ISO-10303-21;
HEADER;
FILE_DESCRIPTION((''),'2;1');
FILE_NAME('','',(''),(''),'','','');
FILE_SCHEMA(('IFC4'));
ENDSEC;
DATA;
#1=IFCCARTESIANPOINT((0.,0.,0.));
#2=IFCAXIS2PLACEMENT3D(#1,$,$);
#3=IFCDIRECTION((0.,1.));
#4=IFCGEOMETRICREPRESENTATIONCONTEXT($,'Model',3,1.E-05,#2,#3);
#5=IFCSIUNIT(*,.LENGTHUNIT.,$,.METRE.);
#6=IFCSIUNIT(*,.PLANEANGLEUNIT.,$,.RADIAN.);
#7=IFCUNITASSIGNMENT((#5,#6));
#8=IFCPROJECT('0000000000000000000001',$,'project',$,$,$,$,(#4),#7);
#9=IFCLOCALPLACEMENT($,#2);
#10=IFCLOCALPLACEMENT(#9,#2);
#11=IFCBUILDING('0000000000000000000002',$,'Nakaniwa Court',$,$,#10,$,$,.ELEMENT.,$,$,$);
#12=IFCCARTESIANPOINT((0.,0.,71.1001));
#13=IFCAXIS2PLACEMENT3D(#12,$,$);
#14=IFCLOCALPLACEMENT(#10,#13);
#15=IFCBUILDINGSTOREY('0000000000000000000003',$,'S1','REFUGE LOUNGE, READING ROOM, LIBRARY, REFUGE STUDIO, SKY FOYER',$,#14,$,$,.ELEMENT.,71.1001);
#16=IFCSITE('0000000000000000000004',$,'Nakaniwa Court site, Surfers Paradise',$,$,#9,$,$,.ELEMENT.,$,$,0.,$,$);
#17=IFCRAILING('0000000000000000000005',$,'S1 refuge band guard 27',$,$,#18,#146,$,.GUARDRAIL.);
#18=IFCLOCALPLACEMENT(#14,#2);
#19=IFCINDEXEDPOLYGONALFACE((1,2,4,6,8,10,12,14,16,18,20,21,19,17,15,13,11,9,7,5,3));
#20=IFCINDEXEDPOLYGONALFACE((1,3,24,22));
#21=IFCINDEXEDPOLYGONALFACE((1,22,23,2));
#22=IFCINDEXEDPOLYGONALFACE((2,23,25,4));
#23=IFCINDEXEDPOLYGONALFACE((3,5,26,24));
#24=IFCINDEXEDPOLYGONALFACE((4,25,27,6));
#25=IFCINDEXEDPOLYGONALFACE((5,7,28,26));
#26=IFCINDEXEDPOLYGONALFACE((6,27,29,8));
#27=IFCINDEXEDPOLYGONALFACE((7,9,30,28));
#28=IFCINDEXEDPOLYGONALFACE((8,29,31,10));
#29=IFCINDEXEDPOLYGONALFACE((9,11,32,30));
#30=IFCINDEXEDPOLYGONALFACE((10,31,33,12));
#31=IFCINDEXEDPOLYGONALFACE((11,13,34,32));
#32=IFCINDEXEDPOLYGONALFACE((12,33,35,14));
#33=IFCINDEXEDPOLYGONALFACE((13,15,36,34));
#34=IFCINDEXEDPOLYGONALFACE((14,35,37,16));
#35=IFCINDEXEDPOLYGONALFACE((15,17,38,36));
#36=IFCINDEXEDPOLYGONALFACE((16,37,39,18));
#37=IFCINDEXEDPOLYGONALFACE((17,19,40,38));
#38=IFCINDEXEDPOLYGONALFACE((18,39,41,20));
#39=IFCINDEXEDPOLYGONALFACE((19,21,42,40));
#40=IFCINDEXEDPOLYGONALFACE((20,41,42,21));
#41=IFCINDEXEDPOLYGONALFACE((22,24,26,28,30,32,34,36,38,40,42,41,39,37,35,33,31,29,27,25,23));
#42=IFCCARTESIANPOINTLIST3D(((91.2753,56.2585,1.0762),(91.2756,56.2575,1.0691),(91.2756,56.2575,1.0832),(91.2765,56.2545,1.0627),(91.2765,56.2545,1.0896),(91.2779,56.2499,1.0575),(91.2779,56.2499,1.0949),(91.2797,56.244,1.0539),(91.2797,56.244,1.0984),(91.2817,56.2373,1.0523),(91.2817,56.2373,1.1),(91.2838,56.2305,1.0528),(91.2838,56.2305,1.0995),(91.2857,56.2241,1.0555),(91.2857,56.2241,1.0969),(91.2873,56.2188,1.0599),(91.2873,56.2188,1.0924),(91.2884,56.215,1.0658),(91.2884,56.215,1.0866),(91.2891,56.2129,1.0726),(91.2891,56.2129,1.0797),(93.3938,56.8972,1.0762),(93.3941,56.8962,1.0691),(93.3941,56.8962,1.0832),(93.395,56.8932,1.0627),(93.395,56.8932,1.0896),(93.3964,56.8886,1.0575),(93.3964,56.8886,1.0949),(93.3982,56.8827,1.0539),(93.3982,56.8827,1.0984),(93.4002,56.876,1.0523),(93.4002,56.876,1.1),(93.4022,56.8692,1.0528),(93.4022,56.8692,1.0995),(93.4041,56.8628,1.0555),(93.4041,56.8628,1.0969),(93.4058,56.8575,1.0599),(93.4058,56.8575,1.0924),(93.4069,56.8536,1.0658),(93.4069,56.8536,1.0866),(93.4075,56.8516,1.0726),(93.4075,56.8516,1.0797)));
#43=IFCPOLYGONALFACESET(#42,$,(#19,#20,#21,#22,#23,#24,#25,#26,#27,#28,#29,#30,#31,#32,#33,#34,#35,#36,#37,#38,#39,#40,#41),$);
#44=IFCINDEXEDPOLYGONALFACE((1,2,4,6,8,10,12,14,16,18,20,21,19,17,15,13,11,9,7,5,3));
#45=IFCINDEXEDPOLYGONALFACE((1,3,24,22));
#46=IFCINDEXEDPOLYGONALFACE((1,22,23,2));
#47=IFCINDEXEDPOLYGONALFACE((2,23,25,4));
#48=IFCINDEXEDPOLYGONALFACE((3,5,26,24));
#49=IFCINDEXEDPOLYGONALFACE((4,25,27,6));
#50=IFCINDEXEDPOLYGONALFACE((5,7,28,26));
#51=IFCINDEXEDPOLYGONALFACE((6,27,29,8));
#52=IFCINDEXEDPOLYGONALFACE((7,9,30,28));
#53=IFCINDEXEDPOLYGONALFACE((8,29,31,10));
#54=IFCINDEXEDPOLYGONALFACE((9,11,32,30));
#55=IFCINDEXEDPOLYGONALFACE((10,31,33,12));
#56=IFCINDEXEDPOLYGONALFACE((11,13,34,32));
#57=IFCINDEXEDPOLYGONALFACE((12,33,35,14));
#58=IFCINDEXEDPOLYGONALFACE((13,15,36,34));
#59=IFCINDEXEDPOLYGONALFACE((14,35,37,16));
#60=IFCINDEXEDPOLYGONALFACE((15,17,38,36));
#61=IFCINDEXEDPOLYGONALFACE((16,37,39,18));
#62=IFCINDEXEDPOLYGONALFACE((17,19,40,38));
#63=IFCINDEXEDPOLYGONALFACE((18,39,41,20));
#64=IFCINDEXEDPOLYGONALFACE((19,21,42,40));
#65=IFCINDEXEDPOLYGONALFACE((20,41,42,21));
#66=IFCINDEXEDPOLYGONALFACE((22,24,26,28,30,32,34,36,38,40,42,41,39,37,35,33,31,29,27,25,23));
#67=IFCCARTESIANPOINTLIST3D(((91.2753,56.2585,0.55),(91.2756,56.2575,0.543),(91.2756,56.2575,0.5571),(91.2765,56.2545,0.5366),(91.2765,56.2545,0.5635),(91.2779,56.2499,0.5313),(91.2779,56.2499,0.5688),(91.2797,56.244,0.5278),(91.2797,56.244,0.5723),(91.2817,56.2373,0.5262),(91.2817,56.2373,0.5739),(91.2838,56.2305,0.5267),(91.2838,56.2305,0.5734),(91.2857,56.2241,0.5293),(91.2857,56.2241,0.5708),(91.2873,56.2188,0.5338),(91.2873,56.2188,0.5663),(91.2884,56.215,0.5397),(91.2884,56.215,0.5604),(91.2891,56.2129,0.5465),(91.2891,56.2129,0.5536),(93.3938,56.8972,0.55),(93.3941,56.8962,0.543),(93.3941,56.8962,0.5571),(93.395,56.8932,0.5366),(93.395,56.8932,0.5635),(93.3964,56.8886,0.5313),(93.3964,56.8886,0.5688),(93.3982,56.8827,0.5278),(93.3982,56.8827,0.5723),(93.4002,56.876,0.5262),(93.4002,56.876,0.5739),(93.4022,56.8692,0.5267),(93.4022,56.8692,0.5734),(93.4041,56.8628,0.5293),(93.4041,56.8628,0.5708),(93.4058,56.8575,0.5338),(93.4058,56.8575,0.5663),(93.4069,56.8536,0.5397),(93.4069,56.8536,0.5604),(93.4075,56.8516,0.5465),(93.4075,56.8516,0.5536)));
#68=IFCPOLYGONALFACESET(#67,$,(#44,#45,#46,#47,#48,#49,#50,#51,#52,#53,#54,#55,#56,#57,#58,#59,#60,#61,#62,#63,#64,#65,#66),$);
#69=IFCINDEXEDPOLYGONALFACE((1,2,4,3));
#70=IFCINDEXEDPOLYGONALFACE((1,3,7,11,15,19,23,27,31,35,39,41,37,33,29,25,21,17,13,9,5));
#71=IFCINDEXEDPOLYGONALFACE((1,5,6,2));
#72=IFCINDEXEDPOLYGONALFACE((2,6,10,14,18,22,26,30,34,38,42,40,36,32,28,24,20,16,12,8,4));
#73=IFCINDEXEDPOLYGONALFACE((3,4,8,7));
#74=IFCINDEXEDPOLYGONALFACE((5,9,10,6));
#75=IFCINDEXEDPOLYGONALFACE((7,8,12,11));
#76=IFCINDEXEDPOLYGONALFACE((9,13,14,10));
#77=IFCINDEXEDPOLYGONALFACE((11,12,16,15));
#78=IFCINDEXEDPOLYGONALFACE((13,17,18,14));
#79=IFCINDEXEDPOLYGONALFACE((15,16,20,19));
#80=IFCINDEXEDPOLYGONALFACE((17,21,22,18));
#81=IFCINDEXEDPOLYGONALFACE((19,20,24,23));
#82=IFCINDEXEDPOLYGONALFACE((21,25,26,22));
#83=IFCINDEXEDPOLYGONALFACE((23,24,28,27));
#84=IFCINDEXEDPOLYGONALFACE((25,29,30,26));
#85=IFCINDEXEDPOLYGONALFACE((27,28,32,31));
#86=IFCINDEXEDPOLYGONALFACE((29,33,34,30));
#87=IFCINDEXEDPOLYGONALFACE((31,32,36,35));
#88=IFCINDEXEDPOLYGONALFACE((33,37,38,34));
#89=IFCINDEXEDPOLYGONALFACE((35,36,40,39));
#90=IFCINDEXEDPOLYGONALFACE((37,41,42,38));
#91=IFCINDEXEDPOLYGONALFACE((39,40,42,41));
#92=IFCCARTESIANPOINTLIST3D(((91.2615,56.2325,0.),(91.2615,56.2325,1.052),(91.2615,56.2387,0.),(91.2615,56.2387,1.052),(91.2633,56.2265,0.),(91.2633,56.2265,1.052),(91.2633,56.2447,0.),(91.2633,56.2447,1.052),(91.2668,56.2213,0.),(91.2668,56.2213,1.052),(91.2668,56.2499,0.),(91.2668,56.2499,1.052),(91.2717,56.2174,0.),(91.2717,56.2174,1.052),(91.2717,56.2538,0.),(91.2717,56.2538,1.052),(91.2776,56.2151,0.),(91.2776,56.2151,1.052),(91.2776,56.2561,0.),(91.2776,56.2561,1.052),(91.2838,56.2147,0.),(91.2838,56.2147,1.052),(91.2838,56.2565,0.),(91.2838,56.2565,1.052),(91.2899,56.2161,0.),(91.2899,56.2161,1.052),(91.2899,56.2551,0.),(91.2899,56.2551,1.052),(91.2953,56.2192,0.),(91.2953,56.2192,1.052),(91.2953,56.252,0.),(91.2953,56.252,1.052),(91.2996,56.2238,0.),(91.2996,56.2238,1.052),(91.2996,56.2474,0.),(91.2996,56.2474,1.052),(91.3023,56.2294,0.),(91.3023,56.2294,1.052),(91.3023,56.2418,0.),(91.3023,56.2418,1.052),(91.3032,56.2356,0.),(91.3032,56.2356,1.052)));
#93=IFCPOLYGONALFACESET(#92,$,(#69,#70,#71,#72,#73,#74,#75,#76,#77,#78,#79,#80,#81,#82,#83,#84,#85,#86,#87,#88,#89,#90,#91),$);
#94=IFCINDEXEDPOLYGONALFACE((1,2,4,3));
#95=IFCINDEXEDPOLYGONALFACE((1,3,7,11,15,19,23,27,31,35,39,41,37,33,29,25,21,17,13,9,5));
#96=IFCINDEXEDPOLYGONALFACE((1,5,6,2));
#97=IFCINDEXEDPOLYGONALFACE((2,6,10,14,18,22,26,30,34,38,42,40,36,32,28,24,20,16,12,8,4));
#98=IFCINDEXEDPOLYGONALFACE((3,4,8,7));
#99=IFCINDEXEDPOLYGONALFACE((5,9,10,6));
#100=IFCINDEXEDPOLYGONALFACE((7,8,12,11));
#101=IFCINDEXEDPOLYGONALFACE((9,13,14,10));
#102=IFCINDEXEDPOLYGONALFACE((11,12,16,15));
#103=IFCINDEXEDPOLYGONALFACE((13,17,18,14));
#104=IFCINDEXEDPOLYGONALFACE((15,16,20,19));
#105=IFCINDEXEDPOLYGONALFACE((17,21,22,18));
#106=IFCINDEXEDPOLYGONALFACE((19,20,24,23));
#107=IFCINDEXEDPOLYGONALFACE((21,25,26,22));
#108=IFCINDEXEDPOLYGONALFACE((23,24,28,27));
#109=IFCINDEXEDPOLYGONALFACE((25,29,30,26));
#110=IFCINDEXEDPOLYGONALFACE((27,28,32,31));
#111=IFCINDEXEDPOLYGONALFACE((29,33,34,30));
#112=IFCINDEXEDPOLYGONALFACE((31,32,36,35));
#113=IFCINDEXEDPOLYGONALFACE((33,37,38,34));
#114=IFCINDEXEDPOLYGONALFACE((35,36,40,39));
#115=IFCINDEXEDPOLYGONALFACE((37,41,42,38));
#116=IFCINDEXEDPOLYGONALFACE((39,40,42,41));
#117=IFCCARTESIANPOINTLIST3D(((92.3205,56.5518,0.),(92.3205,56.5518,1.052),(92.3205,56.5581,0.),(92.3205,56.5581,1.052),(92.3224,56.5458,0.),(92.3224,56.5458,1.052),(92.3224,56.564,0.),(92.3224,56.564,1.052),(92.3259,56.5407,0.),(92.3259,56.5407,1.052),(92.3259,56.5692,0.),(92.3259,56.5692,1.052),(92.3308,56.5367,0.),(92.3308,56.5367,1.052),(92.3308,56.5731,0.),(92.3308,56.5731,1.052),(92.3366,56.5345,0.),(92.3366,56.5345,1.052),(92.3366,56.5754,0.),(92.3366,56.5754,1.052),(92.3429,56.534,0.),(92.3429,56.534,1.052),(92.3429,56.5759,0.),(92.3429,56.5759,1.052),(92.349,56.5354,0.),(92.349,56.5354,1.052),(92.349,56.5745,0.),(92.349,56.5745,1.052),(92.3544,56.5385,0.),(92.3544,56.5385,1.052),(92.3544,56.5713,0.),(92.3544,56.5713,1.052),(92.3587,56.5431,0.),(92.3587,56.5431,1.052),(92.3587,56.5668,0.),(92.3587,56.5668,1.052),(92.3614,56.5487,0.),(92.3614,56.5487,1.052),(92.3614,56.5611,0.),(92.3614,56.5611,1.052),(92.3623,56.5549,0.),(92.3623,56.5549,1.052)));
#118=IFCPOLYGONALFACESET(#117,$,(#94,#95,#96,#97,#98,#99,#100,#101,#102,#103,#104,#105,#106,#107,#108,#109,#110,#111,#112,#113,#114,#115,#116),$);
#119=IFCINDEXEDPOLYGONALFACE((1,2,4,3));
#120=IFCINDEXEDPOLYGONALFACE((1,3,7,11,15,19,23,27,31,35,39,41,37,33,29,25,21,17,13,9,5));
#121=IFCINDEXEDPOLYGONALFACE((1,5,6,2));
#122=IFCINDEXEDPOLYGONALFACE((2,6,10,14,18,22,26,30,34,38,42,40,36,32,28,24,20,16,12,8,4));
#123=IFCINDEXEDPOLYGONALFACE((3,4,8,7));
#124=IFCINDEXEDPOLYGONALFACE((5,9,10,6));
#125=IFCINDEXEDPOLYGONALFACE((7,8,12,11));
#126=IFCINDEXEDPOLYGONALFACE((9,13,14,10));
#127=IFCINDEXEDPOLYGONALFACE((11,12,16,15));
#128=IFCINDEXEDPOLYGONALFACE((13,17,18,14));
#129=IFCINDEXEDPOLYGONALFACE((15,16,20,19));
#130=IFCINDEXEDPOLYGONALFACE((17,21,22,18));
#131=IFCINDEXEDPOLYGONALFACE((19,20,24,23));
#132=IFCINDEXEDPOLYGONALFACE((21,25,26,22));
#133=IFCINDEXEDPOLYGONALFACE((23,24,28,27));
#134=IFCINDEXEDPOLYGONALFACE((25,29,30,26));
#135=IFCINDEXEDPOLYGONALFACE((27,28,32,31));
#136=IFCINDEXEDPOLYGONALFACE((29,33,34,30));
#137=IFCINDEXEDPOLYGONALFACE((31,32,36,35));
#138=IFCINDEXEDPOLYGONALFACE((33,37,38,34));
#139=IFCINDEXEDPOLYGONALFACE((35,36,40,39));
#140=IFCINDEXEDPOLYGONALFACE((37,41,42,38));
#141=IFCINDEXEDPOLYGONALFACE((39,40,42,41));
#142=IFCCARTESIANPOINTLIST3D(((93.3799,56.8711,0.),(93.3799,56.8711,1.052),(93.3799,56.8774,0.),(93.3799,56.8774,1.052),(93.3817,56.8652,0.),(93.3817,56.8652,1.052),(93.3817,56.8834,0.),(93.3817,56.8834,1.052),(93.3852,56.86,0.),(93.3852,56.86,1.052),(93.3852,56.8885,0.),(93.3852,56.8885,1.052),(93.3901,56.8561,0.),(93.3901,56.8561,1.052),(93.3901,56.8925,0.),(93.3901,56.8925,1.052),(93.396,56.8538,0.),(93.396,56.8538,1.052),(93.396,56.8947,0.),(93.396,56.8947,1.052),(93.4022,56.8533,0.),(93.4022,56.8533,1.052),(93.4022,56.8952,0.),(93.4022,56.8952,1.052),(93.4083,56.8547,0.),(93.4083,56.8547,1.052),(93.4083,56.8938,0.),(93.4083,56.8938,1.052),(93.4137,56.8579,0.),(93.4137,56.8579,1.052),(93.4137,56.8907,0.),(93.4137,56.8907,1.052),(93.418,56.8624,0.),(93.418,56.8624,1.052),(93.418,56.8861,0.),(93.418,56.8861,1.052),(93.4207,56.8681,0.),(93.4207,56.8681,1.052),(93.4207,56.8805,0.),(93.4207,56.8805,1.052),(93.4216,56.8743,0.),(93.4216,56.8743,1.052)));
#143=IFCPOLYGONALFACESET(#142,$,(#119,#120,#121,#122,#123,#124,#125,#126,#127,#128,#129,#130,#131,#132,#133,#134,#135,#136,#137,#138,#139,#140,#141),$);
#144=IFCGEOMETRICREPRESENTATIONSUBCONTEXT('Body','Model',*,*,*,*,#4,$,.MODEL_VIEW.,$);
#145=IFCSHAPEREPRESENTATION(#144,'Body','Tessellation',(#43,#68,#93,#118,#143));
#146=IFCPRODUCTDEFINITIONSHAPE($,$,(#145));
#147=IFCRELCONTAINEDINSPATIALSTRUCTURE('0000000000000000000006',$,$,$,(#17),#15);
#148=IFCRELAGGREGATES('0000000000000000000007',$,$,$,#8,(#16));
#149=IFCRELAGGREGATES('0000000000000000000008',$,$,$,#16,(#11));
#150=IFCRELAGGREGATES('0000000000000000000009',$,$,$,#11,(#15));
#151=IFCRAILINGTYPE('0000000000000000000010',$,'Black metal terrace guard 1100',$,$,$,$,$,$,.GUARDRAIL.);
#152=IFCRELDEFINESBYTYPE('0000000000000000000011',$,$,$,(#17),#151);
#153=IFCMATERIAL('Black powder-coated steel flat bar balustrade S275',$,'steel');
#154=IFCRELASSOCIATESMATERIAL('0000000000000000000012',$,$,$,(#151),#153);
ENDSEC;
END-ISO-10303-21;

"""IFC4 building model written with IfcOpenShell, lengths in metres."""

from ifc_helpers import new_model, si_unit, direction, frame, origin, origin_2d, place, context, subcontext, project, spatial, circle, extrude, material, type_object, element, save


model = new_model("IFC4")

# Units and contexts
model_context = context("Model", 3, precision=1e-05, world=origin(), true_north=direction((0.0, 1.0)))
body_context = subcontext(model_context, "Body", "Model", "MODEL_VIEW")
ifc_project = project(units=[si_unit("LENGTHUNIT", "METRE"), si_unit("PLANEANGLEUNIT", "RADIAN")], contexts=[model_context])

# Site, building, storey
site_placement = place(None, origin())
site = spatial("IfcSite", under=ifc_project, at=site_placement, Name="Nakaniwa Court site, Surfers Paradise", CompositionType="ELEMENT", RefElevation=0.0)
building_placement = place(site_placement, origin())
building = spatial("IfcBuilding", under=site, at=building_placement, Name="Nakaniwa Court", CompositionType="ELEMENT")
storey_placement = place(building_placement, frame((0.0, 0.0, 71.1001)))
storey = spatial("IfcBuildingStorey", under=building, at=storey_placement, Name="S1", Description="REFUGE LOUNGE, READING ROOM, LIBRARY, REFUGE STUDIO, SKY FOYER", CompositionType="ELEMENT", Elevation=71.1001)

# Railing
ifc_material_1 = material(Name="Black powder-coated steel flat bar balustrade S275", Category="steel")
railing_type = type_object("IfcRailingType", Name="Black metal terrace guard 1100", PredefinedType="GUARDRAIL", material=ifc_material_1)
railing_1_placement = place(storey_placement, frame((91.2822, 56.2356, 0.0)))
element("IfcRailing", 1, at=railing_1_placement, inside=storey, type_object=railing_type, Name="S1 refuge band guard 27", PredefinedType="GUARDRAIL", context=body_context, shape_type="SweptSolid", body=[
    extrude(circle(Radius=0.0239, at=origin_2d()), frame((0.0, 0.0, 1.0762), z_axis=(0.957434, 0.288653, 0.0), x_axis=(-0.288653, 0.957434, 0.0)), (0.0, 0.0, 1.0), 2.2126),
    extrude(circle(Radius=0.0239, at=origin_2d()), frame((0.0, 0.0, 0.55), z_axis=(0.957434, 0.288653, 0.0), x_axis=(-0.288653, 0.957434, 0.0)), (0.0, 0.0, 1.0), 2.2126),
    extrude(circle(Radius=0.021, at=origin_2d()), origin(), (0.0, 0.0, 1.0), 1.052),
    extrude(circle(Radius=0.021, at=origin_2d()), frame((1.0591, 0.3193, 0.0)), (0.0, 0.0, 1.0), 1.052),
    extrude(circle(Radius=0.021, at=origin_2d()), frame((2.1184, 0.6387, 0.0)), (0.0, 0.0, 1.0), 1.052),
])

save(model, "model.ifc")
